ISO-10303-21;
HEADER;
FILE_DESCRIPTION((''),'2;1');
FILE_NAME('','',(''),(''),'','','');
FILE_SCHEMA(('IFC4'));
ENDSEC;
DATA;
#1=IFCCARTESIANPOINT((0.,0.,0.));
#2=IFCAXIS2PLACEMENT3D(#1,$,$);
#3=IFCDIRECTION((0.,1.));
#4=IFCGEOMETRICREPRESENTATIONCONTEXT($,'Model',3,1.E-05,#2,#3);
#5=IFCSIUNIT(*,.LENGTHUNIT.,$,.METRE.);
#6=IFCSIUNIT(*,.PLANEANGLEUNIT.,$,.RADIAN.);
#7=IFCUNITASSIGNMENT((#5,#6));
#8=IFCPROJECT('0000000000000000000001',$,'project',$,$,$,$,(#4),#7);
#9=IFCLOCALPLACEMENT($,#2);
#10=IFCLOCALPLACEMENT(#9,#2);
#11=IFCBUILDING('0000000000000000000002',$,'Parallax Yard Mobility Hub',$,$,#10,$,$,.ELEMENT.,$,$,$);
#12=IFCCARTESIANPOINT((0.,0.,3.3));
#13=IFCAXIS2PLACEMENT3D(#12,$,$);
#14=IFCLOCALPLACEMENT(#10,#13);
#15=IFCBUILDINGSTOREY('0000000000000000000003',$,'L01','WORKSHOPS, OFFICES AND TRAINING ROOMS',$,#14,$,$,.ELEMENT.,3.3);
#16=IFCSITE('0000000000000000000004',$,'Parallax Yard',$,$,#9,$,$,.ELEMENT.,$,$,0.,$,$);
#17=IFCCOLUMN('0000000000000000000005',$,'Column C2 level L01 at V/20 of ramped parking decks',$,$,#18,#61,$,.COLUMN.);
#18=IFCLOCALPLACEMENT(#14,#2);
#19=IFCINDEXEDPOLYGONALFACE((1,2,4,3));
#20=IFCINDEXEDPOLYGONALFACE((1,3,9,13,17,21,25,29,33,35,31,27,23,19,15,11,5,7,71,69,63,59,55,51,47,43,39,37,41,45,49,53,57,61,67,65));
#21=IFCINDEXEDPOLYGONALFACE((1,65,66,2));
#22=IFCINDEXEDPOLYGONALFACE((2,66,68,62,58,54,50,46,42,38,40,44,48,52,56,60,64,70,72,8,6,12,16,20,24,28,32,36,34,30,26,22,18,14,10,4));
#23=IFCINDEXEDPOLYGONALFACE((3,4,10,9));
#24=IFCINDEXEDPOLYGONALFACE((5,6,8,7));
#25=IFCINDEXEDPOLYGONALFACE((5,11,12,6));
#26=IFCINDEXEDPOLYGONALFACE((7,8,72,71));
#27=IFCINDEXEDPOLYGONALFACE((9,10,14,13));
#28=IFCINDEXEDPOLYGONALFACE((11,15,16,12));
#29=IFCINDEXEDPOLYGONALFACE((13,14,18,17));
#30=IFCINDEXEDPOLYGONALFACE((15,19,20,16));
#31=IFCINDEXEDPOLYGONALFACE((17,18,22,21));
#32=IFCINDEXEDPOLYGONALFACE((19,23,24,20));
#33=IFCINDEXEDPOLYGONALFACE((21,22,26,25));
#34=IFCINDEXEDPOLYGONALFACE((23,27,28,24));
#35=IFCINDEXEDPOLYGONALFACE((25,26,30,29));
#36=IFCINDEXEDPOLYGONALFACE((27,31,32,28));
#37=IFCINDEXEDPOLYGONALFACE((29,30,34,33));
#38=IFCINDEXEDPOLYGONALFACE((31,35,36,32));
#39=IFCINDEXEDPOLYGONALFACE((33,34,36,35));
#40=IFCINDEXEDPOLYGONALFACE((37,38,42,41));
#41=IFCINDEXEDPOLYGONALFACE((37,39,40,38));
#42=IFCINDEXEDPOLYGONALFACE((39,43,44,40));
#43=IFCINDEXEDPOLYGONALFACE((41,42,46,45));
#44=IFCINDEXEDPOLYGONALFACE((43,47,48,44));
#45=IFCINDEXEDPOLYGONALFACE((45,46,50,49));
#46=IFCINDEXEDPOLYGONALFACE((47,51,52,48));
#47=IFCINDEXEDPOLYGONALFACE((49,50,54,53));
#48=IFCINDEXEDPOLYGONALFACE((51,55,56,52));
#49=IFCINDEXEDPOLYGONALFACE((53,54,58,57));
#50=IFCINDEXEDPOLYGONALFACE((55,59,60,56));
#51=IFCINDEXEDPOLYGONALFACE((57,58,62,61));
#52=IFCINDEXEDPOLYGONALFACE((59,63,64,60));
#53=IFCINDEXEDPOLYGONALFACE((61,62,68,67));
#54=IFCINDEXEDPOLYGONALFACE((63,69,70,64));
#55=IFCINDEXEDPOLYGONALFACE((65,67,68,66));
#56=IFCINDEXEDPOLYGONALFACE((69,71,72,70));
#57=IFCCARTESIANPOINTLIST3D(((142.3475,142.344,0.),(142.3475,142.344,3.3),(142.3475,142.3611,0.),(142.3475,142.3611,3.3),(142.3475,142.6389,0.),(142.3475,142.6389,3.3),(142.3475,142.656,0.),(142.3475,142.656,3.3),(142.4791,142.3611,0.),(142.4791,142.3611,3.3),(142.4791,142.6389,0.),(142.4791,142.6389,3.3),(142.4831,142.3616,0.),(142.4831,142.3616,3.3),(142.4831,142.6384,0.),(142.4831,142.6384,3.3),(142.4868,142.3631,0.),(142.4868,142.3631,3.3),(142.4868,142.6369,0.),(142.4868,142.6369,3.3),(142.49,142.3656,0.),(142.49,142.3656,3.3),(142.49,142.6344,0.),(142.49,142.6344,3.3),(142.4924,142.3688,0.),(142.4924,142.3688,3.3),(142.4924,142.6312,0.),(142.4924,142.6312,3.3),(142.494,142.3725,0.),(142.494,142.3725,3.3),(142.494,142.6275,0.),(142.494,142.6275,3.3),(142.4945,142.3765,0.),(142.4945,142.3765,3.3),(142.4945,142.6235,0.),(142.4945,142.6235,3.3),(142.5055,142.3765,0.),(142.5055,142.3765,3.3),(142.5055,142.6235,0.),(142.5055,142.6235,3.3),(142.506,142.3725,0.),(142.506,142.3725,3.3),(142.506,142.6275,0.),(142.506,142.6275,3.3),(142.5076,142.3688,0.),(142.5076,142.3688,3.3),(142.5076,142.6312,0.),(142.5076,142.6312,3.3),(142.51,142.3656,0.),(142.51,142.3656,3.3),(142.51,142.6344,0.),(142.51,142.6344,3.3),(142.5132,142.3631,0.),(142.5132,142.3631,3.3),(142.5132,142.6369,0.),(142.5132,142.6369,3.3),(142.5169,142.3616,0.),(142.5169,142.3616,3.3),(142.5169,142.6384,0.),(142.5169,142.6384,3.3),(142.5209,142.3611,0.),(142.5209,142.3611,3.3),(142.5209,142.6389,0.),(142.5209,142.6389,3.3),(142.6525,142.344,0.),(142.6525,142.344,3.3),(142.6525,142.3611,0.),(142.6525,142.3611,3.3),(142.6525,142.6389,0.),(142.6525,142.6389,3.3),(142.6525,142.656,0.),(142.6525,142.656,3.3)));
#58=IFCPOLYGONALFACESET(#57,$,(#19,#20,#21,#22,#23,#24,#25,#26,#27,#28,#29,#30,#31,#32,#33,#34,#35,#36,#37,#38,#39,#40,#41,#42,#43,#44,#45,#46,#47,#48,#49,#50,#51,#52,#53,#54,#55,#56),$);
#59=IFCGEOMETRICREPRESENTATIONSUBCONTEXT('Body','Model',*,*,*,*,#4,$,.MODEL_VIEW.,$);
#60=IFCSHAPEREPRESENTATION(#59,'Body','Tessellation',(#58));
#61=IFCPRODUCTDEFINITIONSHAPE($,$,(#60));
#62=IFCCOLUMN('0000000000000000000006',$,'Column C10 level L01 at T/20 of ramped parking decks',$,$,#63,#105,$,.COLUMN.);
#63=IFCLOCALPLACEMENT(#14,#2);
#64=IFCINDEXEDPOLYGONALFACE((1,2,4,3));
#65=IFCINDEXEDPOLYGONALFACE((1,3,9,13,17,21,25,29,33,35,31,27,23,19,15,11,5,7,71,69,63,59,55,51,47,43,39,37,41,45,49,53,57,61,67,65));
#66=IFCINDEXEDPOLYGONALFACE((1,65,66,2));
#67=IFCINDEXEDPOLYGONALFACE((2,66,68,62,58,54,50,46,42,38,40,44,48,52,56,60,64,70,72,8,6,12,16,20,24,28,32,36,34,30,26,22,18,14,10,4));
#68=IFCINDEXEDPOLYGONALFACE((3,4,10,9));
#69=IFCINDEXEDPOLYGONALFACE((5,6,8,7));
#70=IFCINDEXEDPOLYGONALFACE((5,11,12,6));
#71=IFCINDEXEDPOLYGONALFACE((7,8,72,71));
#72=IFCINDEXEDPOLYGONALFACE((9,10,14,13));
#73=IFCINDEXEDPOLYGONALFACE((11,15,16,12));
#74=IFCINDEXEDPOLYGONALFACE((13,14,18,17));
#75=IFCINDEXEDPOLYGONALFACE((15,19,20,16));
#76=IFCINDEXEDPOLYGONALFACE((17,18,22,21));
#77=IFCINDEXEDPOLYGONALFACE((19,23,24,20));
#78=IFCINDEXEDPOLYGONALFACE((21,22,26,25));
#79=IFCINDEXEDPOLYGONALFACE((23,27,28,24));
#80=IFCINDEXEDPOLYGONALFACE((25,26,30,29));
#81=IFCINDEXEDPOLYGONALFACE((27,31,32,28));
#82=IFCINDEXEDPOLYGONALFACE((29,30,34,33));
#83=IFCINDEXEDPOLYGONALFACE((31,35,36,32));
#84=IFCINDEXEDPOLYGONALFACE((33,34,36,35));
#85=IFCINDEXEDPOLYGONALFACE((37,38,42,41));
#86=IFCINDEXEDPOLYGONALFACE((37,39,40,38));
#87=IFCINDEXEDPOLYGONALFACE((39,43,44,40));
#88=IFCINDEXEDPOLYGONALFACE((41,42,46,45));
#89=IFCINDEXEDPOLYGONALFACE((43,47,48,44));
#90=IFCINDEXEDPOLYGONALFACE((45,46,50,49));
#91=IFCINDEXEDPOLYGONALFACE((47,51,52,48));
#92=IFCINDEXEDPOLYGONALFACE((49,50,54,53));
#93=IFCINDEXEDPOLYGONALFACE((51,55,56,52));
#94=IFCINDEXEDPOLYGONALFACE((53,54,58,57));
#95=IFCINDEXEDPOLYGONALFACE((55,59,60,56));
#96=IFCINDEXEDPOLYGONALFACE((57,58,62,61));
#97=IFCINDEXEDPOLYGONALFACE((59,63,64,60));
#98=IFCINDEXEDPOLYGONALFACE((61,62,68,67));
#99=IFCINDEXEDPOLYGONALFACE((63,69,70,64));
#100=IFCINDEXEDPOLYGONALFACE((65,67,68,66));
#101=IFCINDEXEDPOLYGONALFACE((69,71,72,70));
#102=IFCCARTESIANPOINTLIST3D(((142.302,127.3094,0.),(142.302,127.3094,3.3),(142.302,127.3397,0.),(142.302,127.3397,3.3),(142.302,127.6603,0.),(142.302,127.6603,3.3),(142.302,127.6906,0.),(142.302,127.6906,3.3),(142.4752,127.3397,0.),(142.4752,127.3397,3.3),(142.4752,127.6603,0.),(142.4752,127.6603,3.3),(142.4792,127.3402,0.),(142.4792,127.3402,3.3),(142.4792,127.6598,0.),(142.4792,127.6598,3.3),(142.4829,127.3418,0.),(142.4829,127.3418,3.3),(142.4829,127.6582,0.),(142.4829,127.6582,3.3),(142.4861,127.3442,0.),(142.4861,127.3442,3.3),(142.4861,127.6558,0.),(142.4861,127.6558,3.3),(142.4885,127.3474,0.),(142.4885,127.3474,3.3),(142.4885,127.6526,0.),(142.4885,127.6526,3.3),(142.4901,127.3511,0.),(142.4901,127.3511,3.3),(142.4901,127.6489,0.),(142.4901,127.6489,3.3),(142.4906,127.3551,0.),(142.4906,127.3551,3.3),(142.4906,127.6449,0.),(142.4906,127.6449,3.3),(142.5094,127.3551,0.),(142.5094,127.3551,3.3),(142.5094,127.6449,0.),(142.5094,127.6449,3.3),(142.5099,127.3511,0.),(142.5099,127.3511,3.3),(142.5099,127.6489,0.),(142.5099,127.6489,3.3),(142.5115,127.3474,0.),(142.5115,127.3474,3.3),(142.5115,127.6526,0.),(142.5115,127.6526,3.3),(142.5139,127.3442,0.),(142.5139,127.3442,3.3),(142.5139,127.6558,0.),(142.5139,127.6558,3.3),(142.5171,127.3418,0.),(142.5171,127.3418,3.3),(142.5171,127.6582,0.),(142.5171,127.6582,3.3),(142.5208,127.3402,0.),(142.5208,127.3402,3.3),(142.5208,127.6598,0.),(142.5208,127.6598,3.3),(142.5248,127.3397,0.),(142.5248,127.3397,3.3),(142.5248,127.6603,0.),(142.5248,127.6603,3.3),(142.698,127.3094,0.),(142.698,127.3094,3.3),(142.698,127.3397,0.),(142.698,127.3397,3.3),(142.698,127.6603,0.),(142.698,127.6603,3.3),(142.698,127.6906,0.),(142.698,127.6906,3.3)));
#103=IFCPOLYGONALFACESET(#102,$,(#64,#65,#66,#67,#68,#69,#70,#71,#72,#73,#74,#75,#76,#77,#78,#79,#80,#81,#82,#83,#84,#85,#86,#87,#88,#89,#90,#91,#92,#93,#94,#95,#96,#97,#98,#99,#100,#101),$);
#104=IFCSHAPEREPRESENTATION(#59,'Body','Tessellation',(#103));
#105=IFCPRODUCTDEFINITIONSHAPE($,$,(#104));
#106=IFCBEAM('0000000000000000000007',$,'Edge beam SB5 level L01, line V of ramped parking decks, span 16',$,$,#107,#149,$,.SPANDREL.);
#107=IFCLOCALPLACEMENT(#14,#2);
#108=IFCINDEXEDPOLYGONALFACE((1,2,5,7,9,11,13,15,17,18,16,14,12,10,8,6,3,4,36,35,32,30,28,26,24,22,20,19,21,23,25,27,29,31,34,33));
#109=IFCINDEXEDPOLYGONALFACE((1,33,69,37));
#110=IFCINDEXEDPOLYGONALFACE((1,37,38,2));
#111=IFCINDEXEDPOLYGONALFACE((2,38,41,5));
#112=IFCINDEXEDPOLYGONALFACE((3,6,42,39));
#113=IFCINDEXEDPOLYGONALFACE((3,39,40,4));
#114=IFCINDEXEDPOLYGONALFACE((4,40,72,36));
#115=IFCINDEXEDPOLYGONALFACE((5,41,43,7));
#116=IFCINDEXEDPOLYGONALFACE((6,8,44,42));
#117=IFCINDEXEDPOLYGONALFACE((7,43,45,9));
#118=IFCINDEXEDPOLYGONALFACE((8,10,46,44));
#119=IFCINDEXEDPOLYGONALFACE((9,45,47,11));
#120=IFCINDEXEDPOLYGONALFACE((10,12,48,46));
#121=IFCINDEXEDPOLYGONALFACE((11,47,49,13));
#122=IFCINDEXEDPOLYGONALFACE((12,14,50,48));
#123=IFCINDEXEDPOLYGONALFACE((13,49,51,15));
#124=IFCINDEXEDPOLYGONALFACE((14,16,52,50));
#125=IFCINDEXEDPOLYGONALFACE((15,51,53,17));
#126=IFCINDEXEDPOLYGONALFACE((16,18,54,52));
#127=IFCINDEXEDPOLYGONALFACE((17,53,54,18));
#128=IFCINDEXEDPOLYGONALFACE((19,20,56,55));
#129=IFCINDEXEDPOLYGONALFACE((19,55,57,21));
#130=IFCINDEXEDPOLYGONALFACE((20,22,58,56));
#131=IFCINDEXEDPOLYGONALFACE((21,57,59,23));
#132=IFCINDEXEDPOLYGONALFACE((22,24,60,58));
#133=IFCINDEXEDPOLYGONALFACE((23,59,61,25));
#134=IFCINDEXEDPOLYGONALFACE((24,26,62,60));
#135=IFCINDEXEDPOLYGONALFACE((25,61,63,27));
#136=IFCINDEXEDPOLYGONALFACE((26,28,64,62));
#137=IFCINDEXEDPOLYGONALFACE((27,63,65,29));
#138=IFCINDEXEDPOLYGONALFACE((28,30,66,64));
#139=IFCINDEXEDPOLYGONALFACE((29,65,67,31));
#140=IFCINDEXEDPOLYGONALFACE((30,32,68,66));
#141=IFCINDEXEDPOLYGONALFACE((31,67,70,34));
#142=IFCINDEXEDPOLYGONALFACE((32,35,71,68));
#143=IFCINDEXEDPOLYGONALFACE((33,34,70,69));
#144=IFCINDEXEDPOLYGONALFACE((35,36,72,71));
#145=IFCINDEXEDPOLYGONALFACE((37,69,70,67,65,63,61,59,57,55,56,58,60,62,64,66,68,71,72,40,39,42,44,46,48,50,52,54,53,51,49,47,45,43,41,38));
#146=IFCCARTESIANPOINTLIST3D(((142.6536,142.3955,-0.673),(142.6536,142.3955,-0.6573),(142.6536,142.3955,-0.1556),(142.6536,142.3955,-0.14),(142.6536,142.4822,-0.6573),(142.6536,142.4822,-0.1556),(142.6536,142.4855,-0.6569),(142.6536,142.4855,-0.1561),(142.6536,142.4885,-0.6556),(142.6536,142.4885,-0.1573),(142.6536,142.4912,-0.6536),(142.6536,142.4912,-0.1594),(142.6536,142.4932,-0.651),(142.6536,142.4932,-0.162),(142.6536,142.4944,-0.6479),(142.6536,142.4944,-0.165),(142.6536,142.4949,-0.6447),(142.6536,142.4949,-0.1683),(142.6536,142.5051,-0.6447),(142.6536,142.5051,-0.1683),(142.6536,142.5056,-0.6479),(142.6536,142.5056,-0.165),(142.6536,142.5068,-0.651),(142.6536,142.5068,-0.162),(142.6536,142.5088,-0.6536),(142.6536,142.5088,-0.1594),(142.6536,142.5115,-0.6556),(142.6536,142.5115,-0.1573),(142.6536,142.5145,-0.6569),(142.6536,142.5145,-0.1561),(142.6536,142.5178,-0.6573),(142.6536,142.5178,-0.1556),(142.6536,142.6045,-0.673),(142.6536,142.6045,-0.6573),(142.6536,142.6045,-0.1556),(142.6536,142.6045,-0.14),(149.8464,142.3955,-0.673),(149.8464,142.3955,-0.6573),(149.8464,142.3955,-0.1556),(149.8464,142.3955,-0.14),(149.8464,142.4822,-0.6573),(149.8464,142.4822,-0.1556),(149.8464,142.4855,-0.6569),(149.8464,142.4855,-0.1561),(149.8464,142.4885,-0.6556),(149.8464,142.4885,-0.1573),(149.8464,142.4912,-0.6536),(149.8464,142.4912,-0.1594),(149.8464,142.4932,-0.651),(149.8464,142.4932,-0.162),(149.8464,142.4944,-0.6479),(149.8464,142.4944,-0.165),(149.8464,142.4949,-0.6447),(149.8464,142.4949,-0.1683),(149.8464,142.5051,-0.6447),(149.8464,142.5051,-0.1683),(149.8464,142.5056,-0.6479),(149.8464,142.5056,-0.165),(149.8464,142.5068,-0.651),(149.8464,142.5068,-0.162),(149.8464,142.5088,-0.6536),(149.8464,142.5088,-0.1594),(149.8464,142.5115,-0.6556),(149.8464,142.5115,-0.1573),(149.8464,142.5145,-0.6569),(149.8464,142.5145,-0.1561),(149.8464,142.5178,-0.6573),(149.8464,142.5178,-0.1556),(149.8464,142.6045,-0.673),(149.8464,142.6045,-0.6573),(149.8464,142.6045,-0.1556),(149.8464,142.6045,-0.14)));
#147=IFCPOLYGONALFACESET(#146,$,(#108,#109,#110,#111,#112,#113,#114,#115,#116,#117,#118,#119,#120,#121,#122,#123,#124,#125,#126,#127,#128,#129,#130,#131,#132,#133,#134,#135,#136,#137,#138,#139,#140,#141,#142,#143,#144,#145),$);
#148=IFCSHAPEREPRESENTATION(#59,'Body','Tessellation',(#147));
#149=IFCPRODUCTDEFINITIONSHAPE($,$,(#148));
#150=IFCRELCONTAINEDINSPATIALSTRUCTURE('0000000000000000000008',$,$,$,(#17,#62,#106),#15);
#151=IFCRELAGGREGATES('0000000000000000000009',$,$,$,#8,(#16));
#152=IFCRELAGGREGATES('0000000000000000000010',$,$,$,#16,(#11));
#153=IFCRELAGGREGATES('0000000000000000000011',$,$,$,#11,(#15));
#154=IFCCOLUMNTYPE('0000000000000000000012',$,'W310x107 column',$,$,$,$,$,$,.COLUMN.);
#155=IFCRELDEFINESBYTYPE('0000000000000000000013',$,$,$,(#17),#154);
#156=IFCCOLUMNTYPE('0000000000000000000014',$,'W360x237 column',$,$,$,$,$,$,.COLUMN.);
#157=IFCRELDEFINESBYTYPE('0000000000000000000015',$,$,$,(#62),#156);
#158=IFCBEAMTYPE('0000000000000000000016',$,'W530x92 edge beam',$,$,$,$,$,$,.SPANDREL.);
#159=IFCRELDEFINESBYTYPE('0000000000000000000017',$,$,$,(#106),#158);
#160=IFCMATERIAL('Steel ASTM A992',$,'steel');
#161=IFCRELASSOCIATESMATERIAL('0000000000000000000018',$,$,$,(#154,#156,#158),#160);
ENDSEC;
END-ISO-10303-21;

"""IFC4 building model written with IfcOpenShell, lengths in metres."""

from ifc_helpers import new_model, si_unit, direction, frame, origin, origin_2d, place, context, subcontext, project, spatial, i_section, extrude, material, material_profile, profile_set, type_object, element, save


model = new_model("IFC4")

# Units and contexts
model_context = context("Model", 3, precision=1e-05, world=origin(), true_north=direction((0.0, 1.0)))
body_context = subcontext(model_context, "Body", "Model", "MODEL_VIEW")
ifc_project = project(units=[si_unit("LENGTHUNIT", "METRE"), si_unit("PLANEANGLEUNIT", "RADIAN")], contexts=[model_context])

# Site, building, storey
site_placement = place(None, origin())
site = spatial("IfcSite", under=ifc_project, at=site_placement, Name="Parallax Yard", CompositionType="ELEMENT", RefElevation=0.0)
building_placement = place(site_placement, origin())
building = spatial("IfcBuilding", under=site, at=building_placement, Name="Parallax Yard Mobility Hub", CompositionType="ELEMENT")
storey_placement = place(building_placement, frame((0.0, 0.0, 3.3)))
storey = spatial("IfcBuildingStorey", under=building, at=storey_placement, Name="L01", Description="WORKSHOPS, OFFICES AND TRAINING ROOMS", CompositionType="ELEMENT", Elevation=3.3)

# Columns
ifc_material_1 = material(Name="Steel ASTM A992", Category="steel")
ifc_material_profile_1 = material_profile(ifc_material_1, i_section(OverallWidth=0.3049, OverallDepth=0.312, WebThickness=0.011, FlangeThickness=0.0171, FilletRadius=0.0154, at=origin_2d()), Name="W310x107")
ifc_profile_set_1 = profile_set([ifc_material_profile_1], Name="Steel ASTM A992")
column_type_1 = type_object("IfcColumnType", Name="W310x107 column", PredefinedType="COLUMN", material=ifc_profile_set_1)
column_1_placement = place(storey_placement, frame((142.5, 142.5, 0.0), z_axis=(0.0, 0.0, 1.0), x_axis=(1.0, 0.0, 0.0)))
element("IfcColumn", 1, at=column_1_placement, inside=storey, type_object=column_type_1, Name="Column C2 level L01 at V/20 of ramped parking decks", PredefinedType="COLUMN", context=body_context, shape_type="SweptSolid", body=[
    extrude(i_section(OverallWidth=0.3049, OverallDepth=0.312, WebThickness=0.011, FlangeThickness=0.0171, FilletRadius=0.0154, at=origin_2d()), origin(), (0.0, 0.0, 1.0), 3.3),
])
ifc_material_profile_2 = material_profile(ifc_material_1, i_section(OverallWidth=0.396, OverallDepth=0.3811, WebThickness=0.0188, FlangeThickness=0.0303, FilletRadius=0.0154, at=origin_2d()), Name="W360x237")
ifc_profile_set_2 = profile_set([ifc_material_profile_2], Name="Steel ASTM A992")
column_type_2 = type_object("IfcColumnType", Name="W360x237 column", PredefinedType="COLUMN", material=ifc_profile_set_2)
column_2_placement = place(storey_placement, frame((142.5, 127.5, 0.0), z_axis=(0.0, 0.0, 1.0), x_axis=(1.0, 0.0, 0.0)))
element("IfcColumn", 2, at=column_2_placement, inside=storey, type_object=column_type_2, Name="Column C10 level L01 at T/20 of ramped parking decks", PredefinedType="COLUMN", context=body_context, shape_type="SweptSolid", body=[
    extrude(i_section(OverallWidth=0.396, OverallDepth=0.3811, WebThickness=0.0188, FlangeThickness=0.0303, FilletRadius=0.0154, at=origin_2d()), origin(), (0.0, 0.0, 1.0), 3.3),
])

# Beam
ifc_material_profile_3 = material_profile(ifc_material_1, i_section(OverallWidth=0.209, OverallDepth=0.533, WebThickness=0.0103, FlangeThickness=0.0156, FilletRadius=0.0127, at=origin_2d()), Name="W530x92")
ifc_profile_set_3 = profile_set([ifc_material_profile_3], Name="Steel ASTM A992")
beam_type_1 = type_object("IfcBeamType", Name="W530x92 edge beam", PredefinedType="SPANDREL", material=ifc_profile_set_3)
beam_1_placement = place(storey_placement, frame((142.6536, 142.5, -0.4065), z_axis=(1.0, 0.0, 0.0), x_axis=(0.0, 1.0, 0.0)))
element("IfcBeam", 3, at=beam_1_placement, inside=storey, type_object=beam_type_1, Name="Edge beam SB5 level L01, line V of ramped parking decks, span 16", PredefinedType="SPANDREL", context=body_context, shape_type="SweptSolid", body=[
    extrude(i_section(OverallWidth=0.209, OverallDepth=0.533, WebThickness=0.0103, FlangeThickness=0.0156, FilletRadius=0.0127, at=origin_2d()), origin(), (0.0, 0.0, 1.0), 7.1929),
])

save(model, "model.ifc")
